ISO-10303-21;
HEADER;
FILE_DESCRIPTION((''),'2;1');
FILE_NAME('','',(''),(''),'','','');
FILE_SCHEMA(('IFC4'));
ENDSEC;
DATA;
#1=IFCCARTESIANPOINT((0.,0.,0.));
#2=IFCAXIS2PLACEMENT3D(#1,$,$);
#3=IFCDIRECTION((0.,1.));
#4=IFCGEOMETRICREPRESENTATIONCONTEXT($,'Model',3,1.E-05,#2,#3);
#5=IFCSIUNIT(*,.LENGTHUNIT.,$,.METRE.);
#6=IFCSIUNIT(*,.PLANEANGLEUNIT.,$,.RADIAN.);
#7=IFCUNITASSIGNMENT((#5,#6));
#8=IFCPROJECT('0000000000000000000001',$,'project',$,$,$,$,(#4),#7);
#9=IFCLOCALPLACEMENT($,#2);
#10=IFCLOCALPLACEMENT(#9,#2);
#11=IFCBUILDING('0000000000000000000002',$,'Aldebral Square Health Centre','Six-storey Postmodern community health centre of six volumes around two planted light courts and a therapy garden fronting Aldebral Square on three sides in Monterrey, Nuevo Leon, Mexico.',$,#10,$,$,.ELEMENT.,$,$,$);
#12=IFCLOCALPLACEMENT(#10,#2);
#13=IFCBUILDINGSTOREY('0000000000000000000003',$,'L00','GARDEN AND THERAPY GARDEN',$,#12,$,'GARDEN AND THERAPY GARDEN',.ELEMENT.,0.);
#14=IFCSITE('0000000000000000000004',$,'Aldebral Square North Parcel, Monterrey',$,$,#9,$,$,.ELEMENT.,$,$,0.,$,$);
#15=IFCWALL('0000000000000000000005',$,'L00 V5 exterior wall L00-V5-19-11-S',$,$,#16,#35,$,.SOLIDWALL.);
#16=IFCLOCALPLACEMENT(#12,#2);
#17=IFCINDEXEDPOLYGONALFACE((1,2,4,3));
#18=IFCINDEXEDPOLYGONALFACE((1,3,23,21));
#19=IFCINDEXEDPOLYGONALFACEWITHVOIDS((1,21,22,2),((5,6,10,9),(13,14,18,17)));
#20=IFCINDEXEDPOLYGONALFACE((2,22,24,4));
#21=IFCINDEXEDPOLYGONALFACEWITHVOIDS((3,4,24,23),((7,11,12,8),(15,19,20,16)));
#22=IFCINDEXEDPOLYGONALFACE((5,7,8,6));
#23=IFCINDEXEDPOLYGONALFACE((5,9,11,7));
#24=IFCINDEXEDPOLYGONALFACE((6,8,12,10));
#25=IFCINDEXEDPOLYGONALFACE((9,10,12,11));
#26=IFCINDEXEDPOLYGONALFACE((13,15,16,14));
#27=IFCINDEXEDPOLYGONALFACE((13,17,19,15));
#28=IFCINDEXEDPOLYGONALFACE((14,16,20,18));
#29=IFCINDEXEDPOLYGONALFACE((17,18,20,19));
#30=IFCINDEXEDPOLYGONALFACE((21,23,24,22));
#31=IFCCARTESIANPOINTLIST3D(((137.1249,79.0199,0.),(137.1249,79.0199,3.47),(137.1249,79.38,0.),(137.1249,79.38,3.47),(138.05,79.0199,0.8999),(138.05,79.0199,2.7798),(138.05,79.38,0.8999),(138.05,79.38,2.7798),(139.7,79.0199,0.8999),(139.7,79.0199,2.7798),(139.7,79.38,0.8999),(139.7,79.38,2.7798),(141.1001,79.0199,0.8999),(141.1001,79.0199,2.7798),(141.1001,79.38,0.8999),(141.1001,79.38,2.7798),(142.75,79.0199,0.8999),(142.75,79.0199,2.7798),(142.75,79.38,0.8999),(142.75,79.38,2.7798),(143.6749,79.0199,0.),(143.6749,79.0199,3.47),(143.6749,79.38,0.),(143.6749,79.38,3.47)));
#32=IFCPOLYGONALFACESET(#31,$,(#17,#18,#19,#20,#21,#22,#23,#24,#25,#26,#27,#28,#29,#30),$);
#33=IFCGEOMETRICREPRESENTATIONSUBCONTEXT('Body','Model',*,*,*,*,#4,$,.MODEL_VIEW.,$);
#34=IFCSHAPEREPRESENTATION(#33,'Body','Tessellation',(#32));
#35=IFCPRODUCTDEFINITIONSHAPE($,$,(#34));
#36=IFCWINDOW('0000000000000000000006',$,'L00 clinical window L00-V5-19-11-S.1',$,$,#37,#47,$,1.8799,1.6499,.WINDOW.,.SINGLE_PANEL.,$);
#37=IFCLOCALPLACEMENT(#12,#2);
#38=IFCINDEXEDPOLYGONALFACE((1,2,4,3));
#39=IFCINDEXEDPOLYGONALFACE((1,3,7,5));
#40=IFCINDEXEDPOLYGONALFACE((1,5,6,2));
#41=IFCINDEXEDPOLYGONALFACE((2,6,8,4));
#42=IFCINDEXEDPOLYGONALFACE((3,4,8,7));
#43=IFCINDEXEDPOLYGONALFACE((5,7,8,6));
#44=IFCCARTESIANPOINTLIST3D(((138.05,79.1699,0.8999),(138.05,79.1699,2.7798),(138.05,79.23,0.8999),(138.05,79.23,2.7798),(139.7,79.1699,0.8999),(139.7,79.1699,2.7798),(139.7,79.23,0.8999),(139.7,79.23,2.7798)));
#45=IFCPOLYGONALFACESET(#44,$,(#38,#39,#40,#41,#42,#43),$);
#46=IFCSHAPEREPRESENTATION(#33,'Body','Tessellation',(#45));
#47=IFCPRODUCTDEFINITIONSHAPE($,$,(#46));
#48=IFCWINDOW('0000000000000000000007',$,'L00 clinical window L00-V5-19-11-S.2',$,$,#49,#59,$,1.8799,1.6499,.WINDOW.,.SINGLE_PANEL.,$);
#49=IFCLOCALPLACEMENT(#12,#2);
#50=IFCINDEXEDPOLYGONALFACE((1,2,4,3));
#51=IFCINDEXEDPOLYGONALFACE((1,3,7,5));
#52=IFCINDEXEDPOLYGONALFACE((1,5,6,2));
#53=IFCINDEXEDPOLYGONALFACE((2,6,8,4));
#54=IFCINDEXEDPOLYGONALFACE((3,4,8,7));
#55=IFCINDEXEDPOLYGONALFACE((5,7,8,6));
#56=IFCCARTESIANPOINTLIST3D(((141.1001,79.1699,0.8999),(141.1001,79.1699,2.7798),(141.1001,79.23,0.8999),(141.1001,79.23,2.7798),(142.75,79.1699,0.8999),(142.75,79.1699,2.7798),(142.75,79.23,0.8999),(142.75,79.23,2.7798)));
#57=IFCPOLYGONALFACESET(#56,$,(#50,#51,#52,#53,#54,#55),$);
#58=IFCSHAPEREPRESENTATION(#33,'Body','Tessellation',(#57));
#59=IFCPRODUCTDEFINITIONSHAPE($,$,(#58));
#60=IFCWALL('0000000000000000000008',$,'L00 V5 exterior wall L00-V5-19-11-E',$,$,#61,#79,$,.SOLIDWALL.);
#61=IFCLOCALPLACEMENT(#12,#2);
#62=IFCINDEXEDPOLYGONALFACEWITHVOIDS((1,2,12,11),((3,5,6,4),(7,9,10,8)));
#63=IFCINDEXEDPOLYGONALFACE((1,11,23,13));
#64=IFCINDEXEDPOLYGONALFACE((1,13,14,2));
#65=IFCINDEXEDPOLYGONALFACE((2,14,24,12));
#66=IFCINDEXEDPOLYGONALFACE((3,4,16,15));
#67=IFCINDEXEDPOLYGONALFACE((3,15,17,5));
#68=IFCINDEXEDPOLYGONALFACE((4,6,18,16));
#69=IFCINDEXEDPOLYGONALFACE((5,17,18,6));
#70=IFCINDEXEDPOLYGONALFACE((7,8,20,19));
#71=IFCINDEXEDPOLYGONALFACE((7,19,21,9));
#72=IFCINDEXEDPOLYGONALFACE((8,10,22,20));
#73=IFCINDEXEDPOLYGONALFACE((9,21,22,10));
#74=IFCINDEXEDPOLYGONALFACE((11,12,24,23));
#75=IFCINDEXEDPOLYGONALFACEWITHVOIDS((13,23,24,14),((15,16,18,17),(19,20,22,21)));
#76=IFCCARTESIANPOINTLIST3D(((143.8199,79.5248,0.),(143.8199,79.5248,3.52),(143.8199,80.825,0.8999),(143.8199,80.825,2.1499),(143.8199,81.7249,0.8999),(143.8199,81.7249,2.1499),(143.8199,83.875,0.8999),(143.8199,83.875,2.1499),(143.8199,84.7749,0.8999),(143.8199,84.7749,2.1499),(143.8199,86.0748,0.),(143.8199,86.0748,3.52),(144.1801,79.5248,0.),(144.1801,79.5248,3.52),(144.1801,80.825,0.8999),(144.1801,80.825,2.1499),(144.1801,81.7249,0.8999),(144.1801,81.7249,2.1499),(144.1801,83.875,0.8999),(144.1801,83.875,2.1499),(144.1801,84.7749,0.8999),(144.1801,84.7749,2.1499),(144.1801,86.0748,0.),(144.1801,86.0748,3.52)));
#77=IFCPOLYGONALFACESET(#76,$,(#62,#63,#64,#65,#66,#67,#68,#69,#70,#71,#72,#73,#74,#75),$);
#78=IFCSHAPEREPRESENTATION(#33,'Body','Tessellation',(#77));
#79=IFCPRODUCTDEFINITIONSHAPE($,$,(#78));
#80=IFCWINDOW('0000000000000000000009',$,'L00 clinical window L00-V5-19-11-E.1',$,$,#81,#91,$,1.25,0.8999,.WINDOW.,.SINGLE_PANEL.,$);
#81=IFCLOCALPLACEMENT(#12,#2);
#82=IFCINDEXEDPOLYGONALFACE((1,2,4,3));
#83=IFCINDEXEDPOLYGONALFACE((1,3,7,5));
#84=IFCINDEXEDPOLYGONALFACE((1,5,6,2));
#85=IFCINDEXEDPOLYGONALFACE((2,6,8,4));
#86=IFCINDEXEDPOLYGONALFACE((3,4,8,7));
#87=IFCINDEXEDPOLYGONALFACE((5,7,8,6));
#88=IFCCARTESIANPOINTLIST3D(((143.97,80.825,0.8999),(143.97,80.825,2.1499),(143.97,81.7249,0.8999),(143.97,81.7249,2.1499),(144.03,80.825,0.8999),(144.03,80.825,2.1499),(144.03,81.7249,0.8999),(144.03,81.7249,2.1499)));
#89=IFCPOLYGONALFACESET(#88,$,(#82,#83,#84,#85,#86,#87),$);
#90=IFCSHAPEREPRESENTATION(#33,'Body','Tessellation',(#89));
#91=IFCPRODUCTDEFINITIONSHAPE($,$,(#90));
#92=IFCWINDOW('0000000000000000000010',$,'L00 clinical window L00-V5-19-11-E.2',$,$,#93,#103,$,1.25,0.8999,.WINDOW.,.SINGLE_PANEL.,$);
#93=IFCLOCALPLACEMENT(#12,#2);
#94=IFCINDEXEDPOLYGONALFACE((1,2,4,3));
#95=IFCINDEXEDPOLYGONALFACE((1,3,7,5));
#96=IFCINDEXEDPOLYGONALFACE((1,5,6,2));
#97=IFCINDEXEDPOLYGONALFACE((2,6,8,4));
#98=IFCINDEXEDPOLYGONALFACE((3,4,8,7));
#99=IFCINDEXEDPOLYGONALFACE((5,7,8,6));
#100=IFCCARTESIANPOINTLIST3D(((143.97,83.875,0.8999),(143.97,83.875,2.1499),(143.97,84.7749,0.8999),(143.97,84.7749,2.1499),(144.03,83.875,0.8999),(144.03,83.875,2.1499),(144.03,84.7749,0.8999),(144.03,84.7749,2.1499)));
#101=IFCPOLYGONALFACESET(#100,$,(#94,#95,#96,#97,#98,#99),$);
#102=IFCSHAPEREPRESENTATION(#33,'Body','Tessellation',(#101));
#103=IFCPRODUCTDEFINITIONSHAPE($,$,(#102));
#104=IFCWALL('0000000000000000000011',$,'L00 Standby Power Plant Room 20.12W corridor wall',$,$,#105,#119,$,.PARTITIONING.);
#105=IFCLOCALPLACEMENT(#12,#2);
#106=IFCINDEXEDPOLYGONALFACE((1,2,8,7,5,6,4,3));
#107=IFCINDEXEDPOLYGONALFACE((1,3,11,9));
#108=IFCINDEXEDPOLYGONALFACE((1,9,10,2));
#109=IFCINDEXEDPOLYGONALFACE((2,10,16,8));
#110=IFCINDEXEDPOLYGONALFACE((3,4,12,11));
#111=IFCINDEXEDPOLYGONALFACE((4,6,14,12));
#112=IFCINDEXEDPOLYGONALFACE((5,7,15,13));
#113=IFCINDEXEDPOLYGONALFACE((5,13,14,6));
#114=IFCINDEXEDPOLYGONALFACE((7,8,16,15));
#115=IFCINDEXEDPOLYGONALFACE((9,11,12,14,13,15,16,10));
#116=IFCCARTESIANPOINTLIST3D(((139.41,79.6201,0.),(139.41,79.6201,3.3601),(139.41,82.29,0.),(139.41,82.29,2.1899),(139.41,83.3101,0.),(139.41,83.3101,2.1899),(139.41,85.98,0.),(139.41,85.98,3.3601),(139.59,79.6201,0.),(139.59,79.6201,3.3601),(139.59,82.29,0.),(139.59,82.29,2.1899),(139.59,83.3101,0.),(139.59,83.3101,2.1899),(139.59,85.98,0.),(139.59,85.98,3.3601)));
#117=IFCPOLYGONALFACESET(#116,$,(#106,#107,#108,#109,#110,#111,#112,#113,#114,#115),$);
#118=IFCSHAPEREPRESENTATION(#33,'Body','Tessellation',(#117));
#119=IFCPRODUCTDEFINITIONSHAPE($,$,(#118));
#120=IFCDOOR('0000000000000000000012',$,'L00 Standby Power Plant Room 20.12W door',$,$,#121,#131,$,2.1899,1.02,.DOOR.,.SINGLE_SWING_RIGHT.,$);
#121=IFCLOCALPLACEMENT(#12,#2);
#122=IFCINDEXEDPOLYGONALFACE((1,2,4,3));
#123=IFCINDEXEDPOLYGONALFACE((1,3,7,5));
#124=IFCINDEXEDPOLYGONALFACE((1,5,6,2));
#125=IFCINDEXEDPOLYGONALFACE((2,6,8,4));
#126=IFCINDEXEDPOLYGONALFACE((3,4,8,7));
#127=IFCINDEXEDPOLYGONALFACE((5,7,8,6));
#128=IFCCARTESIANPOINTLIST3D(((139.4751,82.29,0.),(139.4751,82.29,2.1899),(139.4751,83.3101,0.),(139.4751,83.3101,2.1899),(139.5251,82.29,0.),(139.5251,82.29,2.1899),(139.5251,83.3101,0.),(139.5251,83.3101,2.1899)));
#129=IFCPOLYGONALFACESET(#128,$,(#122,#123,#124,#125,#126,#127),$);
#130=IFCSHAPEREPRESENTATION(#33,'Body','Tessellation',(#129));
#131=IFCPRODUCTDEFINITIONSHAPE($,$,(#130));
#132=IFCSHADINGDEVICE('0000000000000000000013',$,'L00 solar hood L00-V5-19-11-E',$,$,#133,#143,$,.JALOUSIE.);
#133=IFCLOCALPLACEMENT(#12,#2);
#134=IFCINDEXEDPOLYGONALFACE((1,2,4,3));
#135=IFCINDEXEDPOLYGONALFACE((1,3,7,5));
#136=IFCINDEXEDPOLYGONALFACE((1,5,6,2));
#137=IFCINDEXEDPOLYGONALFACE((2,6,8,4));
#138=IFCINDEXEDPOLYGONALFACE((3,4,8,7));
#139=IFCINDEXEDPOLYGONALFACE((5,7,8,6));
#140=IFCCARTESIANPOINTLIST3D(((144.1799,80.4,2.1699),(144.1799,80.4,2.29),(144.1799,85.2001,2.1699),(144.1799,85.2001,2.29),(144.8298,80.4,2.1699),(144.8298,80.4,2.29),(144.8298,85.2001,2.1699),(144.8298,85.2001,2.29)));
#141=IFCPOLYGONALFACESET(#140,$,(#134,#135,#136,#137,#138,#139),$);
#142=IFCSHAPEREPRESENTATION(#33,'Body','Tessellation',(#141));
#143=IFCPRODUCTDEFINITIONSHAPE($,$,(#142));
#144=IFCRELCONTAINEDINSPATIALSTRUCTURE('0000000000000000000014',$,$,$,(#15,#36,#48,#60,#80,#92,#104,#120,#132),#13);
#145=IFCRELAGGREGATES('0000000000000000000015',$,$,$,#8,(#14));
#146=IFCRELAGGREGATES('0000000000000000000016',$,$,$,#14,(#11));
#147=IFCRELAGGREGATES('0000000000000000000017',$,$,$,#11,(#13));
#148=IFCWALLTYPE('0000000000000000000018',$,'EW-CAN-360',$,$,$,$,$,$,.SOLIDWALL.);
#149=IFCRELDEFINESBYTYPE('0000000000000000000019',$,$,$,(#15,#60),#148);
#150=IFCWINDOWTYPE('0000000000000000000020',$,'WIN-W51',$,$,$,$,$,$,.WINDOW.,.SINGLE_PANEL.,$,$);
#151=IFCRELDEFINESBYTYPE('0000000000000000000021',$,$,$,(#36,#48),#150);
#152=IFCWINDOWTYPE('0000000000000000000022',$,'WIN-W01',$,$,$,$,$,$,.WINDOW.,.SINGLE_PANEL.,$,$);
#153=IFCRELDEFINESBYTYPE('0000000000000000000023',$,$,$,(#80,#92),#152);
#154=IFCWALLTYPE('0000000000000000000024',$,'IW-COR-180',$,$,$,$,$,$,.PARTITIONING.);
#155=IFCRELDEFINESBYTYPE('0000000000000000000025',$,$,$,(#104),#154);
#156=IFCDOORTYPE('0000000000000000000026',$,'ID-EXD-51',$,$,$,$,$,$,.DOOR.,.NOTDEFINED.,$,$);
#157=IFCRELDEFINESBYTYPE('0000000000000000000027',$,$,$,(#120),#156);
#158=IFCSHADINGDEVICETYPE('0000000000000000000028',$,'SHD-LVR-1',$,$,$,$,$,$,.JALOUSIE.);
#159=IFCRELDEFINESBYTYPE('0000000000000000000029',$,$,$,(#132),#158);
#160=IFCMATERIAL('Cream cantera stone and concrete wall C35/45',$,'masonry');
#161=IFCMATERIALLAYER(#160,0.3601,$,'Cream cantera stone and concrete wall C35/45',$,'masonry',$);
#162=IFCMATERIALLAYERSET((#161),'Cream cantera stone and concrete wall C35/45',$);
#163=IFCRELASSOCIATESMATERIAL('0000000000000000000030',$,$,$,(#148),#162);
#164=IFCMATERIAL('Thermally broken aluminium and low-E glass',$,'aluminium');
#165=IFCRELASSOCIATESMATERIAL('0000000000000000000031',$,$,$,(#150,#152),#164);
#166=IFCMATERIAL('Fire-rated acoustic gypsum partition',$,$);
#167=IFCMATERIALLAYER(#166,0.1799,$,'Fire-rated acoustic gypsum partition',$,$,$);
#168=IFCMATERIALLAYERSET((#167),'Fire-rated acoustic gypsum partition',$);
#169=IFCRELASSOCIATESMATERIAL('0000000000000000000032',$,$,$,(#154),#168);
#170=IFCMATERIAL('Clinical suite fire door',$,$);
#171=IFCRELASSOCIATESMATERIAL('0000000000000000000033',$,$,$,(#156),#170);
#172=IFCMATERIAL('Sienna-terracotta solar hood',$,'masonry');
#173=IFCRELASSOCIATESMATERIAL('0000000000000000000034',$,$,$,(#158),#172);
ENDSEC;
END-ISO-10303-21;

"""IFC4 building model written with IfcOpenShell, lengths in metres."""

from ifc_helpers import new_model, si_unit, direction, frame, frame_2d, origin, origin_2d, place, context, subcontext, project, spatial, rectangle, extrude, material, layer, layer_set, type_object, element, fill, save


model = new_model("IFC4")

# Units and contexts
model_context = context("Model", 3, precision=1e-05, world=origin(), true_north=direction((0.0, 1.0)))
body_context = subcontext(model_context, "Body", "Model", "MODEL_VIEW")
ifc_project = project(units=[si_unit("LENGTHUNIT", "METRE"), si_unit("PLANEANGLEUNIT", "RADIAN")], contexts=[model_context])

# Site, building, storey
site_placement = place(None, origin())
site = spatial("IfcSite", under=ifc_project, at=site_placement, Name="Aldebral Square North Parcel, Monterrey", CompositionType="ELEMENT", RefElevation=0.0)
building_placement = place(site_placement, origin())
building = spatial("IfcBuilding", under=site, at=building_placement, Name="Aldebral Square Health Centre", Description="Six-storey Postmodern community health centre of six volumes around two planted light courts and a therapy garden fronting Aldebral Square on three sides in Monterrey, Nuevo Leon, Mexico.", CompositionType="ELEMENT")
storey_placement = place(building_placement, origin())
storey = spatial("IfcBuildingStorey", under=building, at=storey_placement, Name="L00", Description="GARDEN AND THERAPY GARDEN", LongName="GARDEN AND THERAPY GARDEN", CompositionType="ELEMENT", Elevation=0.0)

# Walls, openings, windows
ifc_material_1 = material(Name="Cream cantera stone and concrete wall C35/45", Category="masonry")
ifc_layer_1 = layer(ifc_material_1, 0.3601, Name="Cream cantera stone and concrete wall C35/45", Category="masonry")
ifc_layer_set_1 = layer_set([ifc_layer_1], Name="Cream cantera stone and concrete wall C35/45")
wall_type_1 = type_object("IfcWallType", Name="EW-CAN-360", PredefinedType="SOLIDWALL", material=ifc_layer_set_1)
wall_1_placement = place(storey_placement, frame((137.125, 79.2, 0.0), z_axis=(0.0, 0.0, 1.0), x_axis=(1.0, 0.0, 0.0)))
wall_1 = element("IfcWall", 1, at=wall_1_placement, inside=storey, type_object=wall_type_1, Name="L00 V5 exterior wall L00-V5-19-11-S", PredefinedType="SOLIDWALL", context=body_context, shape_type="SweptSolid", body=[
    extrude(rectangle(XDim=6.55, YDim=0.3601, at=frame_2d((3.2749, 0.0))), origin(), (0.0, 0.0, 1.0), 3.47),
])
opening_1_placement = place(wall_1_placement, frame((0.925, 0.0, 0.8999)))
opening_1 = element("IfcOpeningElement", 2, at=opening_1_placement, cuts=wall_1, PredefinedType="OPENING", context=body_context, shape_type="SweptSolid", body=[
    extrude(rectangle(XDim=1.6499, YDim=1.8799, at=frame_2d((0.825, 0.9399))), frame((0.0, 0.1899, 0.0), z_axis=(0.0, -1.0, 0.0), x_axis=(1.0, 0.0, 0.0)), (0.0, 0.0, 1.0), 0.3801),
])
opening_2_placement = place(wall_1_placement, frame((3.9751, 0.0, 0.8999)))
opening_2 = element("IfcOpeningElement", 3, at=opening_2_placement, cuts=wall_1, PredefinedType="OPENING", context=body_context, shape_type="SweptSolid", body=[
    extrude(rectangle(XDim=1.6499, YDim=1.8799, at=frame_2d((0.825, 0.9399))), frame((0.0, 0.1899, 0.0), z_axis=(0.0, -1.0, 0.0), x_axis=(1.0, 0.0, 0.0)), (0.0, 0.0, 1.0), 0.3801),
])
ifc_material_2 = material(Name="Thermally broken aluminium and low-E glass", Category="aluminium")
window_type_1 = type_object("IfcWindowType", Name="WIN-W51", PartitioningType="SINGLE_PANEL", PredefinedType="WINDOW", material=ifc_material_2)
window_1_placement = place(opening_1_placement, origin())
window_1 = element("IfcWindow", 4, at=window_1_placement, inside=storey, type_object=window_type_1, Name="L00 clinical window L00-V5-19-11-S.1", OverallHeight=1.8799, OverallWidth=1.6499, PartitioningType="SINGLE_PANEL", PredefinedType="WINDOW", context=body_context, shape_type="SweptSolid", body=[
    extrude(rectangle(XDim=1.6499, YDim=1.8799, at=frame_2d((0.825, 0.9399))), frame((0.0, 0.03, 0.0), z_axis=(0.0, -1.0, 0.0), x_axis=(1.0, 0.0, 0.0)), (0.0, 0.0, 1.0), 0.0601),
])
fill(opening_1, window_1)
window_2_placement = place(opening_2_placement, origin())
window_2 = element("IfcWindow", 5, at=window_2_placement, inside=storey, type_object=window_type_1, Name="L00 clinical window L00-V5-19-11-S.2", OverallHeight=1.8799, OverallWidth=1.6499, PartitioningType="SINGLE_PANEL", PredefinedType="WINDOW", context=body_context, shape_type="SweptSolid", body=[
    extrude(rectangle(XDim=1.6499, YDim=1.8799, at=frame_2d((0.825, 0.9399))), frame((0.0, 0.03, 0.0), z_axis=(0.0, -1.0, 0.0), x_axis=(1.0, 0.0, 0.0)), (0.0, 0.0, 1.0), 0.0601),
])
fill(opening_2, window_2)
wall_2_placement = place(storey_placement, frame((144.0, 79.5249, 0.0), z_axis=(0.0, 0.0, 1.0), x_axis=(0.0, 1.0, 0.0)))
wall_2 = element("IfcWall", 6, at=wall_2_placement, inside=storey, type_object=wall_type_1, Name="L00 V5 exterior wall L00-V5-19-11-E", PredefinedType="SOLIDWALL", context=body_context, shape_type="SweptSolid", body=[
    extrude(rectangle(XDim=6.55, YDim=0.3601, at=frame_2d((3.2749, 0.0))), origin(), (0.0, 0.0, 1.0), 3.52),
])
opening_3_placement = place(wall_2_placement, frame((1.3, 0.0, 0.8999)))
opening_3 = element("IfcOpeningElement", 7, at=opening_3_placement, cuts=wall_2, PredefinedType="OPENING", context=body_context, shape_type="SweptSolid", body=[
    extrude(rectangle(XDim=0.8999, YDim=1.25, at=frame_2d((0.45, 0.625))), frame((0.0, 0.1899, 0.0), z_axis=(0.0, -1.0, 0.0), x_axis=(1.0, 0.0, 0.0)), (0.0, 0.0, 1.0), 0.3801),
])
opening_4_placement = place(wall_2_placement, frame((4.3501, 0.0, 0.8999)))
opening_4 = element("IfcOpeningElement", 8, at=opening_4_placement, cuts=wall_2, PredefinedType="OPENING", context=body_context, shape_type="SweptSolid", body=[
    extrude(rectangle(XDim=0.8999, YDim=1.25, at=frame_2d((0.45, 0.625))), frame((0.0, 0.1899, 0.0), z_axis=(0.0, -1.0, 0.0), x_axis=(1.0, 0.0, 0.0)), (0.0, 0.0, 1.0), 0.3801),
])
window_type_2 = type_object("IfcWindowType", Name="WIN-W01", PartitioningType="SINGLE_PANEL", PredefinedType="WINDOW", material=ifc_material_2)
window_3_placement = place(opening_3_placement, origin())
window_3 = element("IfcWindow", 9, at=window_3_placement, inside=storey, type_object=window_type_2, Name="L00 clinical window L00-V5-19-11-E.1", OverallHeight=1.25, OverallWidth=0.8999, PartitioningType="SINGLE_PANEL", PredefinedType="WINDOW", context=body_context, shape_type="SweptSolid", body=[
    extrude(rectangle(XDim=0.8999, YDim=1.25, at=frame_2d((0.45, 0.625))), frame((0.0, 0.03, 0.0), z_axis=(0.0, -1.0, 0.0), x_axis=(1.0, 0.0, 0.0)), (0.0, 0.0, 1.0), 0.0601),
])
fill(opening_3, window_3)
window_4_placement = place(opening_4_placement, origin())
window_4 = element("IfcWindow", 10, at=window_4_placement, inside=storey, type_object=window_type_2, Name="L00 clinical window L00-V5-19-11-E.2", OverallHeight=1.25, OverallWidth=0.8999, PartitioningType="SINGLE_PANEL", PredefinedType="WINDOW", context=body_context, shape_type="SweptSolid", body=[
    extrude(rectangle(XDim=0.8999, YDim=1.25, at=frame_2d((0.45, 0.625))), frame((0.0, 0.03, 0.0), z_axis=(0.0, -1.0, 0.0), x_axis=(1.0, 0.0, 0.0)), (0.0, 0.0, 1.0), 0.0601),
])
fill(opening_4, window_4)

# Wall, opening, door
ifc_material_3 = material(Name="Fire-rated acoustic gypsum partition")
ifc_layer_2 = layer(ifc_material_3, 0.1799, Name="Fire-rated acoustic gypsum partition")
ifc_layer_set_2 = layer_set([ifc_layer_2], Name="Fire-rated acoustic gypsum partition")
wall_type_2 = type_object("IfcWallType", Name="IW-COR-180", PredefinedType="PARTITIONING", material=ifc_layer_set_2)
wall_3_placement = place(storey_placement, frame((139.5, 79.6201, 0.0), z_axis=(0.0, 0.0, 1.0), x_axis=(0.0, 1.0, 0.0)))
wall_3 = element("IfcWall", 11, at=wall_3_placement, inside=storey, type_object=wall_type_2, Name="L00 Standby Power Plant Room 20.12W corridor wall", PredefinedType="PARTITIONING", context=body_context, shape_type="SweptSolid", body=[
    extrude(rectangle(XDim=6.3599, YDim=0.1799, at=frame_2d((3.1799, 0.0))), origin(), (0.0, 0.0, 1.0), 3.3601),
])
opening_5_placement = place(wall_3_placement, frame((2.6699, 0.0, 0.0)))
opening_5 = element("IfcOpeningElement", 12, at=opening_5_placement, cuts=wall_3, PredefinedType="OPENING", context=body_context, shape_type="SweptSolid", body=[
    extrude(rectangle(XDim=1.02, YDim=2.1899, at=frame_2d((0.51, 1.095))), frame((0.0, 0.1001, 0.0), z_axis=(0.0, -1.0, 0.0), x_axis=(1.0, 0.0, 0.0)), (0.0, 0.0, 1.0), 0.2),
])
ifc_material_4 = material(Name="Clinical suite fire door")
door_type_1 = type_object("IfcDoorType", Name="ID-EXD-51", OperationType="NOTDEFINED", PredefinedType="DOOR", material=ifc_material_4)
door_1_placement = place(opening_5_placement, origin())
door_1 = element("IfcDoor", 13, at=door_1_placement, inside=storey, type_object=door_type_1, Name="L00 Standby Power Plant Room 20.12W door", OperationType="SINGLE_SWING_RIGHT", OverallHeight=2.1899, OverallWidth=1.02, PredefinedType="DOOR", context=body_context, shape_type="SweptSolid", body=[
    extrude(rectangle(XDim=1.02, YDim=2.1899, at=frame_2d((0.51, 1.095))), frame((0.0, 0.0249, 0.0), z_axis=(0.0, -1.0, 0.0), x_axis=(1.0, 0.0, 0.0)), (0.0, 0.0, 1.0), 0.05),
])
fill(opening_5, door_1)

# Shading device
ifc_material_5 = material(Name="Sienna-terracotta solar hood", Category="masonry")
shading_device_type = type_object("IfcShadingDeviceType", Name="SHD-LVR-1", PredefinedType="JALOUSIE", material=ifc_material_5)
shading_device_placement = place(storey_placement, frame((144.5049, 82.8, 2.1699), z_axis=(0.0, 0.0, 1.0), x_axis=(0.0, 1.0, 0.0)))
element("IfcShadingDevice", 14, at=shading_device_placement, inside=storey, type_object=shading_device_type, Name="L00 solar hood L00-V5-19-11-E", PredefinedType="JALOUSIE", context=body_context, shape_type="SweptSolid", body=[
    extrude(rectangle(XDim=4.8, YDim=0.6499, at=origin_2d()), origin(), (0.0, 0.0, 1.0), 0.1201),
])

save(model, "model.ifc")
